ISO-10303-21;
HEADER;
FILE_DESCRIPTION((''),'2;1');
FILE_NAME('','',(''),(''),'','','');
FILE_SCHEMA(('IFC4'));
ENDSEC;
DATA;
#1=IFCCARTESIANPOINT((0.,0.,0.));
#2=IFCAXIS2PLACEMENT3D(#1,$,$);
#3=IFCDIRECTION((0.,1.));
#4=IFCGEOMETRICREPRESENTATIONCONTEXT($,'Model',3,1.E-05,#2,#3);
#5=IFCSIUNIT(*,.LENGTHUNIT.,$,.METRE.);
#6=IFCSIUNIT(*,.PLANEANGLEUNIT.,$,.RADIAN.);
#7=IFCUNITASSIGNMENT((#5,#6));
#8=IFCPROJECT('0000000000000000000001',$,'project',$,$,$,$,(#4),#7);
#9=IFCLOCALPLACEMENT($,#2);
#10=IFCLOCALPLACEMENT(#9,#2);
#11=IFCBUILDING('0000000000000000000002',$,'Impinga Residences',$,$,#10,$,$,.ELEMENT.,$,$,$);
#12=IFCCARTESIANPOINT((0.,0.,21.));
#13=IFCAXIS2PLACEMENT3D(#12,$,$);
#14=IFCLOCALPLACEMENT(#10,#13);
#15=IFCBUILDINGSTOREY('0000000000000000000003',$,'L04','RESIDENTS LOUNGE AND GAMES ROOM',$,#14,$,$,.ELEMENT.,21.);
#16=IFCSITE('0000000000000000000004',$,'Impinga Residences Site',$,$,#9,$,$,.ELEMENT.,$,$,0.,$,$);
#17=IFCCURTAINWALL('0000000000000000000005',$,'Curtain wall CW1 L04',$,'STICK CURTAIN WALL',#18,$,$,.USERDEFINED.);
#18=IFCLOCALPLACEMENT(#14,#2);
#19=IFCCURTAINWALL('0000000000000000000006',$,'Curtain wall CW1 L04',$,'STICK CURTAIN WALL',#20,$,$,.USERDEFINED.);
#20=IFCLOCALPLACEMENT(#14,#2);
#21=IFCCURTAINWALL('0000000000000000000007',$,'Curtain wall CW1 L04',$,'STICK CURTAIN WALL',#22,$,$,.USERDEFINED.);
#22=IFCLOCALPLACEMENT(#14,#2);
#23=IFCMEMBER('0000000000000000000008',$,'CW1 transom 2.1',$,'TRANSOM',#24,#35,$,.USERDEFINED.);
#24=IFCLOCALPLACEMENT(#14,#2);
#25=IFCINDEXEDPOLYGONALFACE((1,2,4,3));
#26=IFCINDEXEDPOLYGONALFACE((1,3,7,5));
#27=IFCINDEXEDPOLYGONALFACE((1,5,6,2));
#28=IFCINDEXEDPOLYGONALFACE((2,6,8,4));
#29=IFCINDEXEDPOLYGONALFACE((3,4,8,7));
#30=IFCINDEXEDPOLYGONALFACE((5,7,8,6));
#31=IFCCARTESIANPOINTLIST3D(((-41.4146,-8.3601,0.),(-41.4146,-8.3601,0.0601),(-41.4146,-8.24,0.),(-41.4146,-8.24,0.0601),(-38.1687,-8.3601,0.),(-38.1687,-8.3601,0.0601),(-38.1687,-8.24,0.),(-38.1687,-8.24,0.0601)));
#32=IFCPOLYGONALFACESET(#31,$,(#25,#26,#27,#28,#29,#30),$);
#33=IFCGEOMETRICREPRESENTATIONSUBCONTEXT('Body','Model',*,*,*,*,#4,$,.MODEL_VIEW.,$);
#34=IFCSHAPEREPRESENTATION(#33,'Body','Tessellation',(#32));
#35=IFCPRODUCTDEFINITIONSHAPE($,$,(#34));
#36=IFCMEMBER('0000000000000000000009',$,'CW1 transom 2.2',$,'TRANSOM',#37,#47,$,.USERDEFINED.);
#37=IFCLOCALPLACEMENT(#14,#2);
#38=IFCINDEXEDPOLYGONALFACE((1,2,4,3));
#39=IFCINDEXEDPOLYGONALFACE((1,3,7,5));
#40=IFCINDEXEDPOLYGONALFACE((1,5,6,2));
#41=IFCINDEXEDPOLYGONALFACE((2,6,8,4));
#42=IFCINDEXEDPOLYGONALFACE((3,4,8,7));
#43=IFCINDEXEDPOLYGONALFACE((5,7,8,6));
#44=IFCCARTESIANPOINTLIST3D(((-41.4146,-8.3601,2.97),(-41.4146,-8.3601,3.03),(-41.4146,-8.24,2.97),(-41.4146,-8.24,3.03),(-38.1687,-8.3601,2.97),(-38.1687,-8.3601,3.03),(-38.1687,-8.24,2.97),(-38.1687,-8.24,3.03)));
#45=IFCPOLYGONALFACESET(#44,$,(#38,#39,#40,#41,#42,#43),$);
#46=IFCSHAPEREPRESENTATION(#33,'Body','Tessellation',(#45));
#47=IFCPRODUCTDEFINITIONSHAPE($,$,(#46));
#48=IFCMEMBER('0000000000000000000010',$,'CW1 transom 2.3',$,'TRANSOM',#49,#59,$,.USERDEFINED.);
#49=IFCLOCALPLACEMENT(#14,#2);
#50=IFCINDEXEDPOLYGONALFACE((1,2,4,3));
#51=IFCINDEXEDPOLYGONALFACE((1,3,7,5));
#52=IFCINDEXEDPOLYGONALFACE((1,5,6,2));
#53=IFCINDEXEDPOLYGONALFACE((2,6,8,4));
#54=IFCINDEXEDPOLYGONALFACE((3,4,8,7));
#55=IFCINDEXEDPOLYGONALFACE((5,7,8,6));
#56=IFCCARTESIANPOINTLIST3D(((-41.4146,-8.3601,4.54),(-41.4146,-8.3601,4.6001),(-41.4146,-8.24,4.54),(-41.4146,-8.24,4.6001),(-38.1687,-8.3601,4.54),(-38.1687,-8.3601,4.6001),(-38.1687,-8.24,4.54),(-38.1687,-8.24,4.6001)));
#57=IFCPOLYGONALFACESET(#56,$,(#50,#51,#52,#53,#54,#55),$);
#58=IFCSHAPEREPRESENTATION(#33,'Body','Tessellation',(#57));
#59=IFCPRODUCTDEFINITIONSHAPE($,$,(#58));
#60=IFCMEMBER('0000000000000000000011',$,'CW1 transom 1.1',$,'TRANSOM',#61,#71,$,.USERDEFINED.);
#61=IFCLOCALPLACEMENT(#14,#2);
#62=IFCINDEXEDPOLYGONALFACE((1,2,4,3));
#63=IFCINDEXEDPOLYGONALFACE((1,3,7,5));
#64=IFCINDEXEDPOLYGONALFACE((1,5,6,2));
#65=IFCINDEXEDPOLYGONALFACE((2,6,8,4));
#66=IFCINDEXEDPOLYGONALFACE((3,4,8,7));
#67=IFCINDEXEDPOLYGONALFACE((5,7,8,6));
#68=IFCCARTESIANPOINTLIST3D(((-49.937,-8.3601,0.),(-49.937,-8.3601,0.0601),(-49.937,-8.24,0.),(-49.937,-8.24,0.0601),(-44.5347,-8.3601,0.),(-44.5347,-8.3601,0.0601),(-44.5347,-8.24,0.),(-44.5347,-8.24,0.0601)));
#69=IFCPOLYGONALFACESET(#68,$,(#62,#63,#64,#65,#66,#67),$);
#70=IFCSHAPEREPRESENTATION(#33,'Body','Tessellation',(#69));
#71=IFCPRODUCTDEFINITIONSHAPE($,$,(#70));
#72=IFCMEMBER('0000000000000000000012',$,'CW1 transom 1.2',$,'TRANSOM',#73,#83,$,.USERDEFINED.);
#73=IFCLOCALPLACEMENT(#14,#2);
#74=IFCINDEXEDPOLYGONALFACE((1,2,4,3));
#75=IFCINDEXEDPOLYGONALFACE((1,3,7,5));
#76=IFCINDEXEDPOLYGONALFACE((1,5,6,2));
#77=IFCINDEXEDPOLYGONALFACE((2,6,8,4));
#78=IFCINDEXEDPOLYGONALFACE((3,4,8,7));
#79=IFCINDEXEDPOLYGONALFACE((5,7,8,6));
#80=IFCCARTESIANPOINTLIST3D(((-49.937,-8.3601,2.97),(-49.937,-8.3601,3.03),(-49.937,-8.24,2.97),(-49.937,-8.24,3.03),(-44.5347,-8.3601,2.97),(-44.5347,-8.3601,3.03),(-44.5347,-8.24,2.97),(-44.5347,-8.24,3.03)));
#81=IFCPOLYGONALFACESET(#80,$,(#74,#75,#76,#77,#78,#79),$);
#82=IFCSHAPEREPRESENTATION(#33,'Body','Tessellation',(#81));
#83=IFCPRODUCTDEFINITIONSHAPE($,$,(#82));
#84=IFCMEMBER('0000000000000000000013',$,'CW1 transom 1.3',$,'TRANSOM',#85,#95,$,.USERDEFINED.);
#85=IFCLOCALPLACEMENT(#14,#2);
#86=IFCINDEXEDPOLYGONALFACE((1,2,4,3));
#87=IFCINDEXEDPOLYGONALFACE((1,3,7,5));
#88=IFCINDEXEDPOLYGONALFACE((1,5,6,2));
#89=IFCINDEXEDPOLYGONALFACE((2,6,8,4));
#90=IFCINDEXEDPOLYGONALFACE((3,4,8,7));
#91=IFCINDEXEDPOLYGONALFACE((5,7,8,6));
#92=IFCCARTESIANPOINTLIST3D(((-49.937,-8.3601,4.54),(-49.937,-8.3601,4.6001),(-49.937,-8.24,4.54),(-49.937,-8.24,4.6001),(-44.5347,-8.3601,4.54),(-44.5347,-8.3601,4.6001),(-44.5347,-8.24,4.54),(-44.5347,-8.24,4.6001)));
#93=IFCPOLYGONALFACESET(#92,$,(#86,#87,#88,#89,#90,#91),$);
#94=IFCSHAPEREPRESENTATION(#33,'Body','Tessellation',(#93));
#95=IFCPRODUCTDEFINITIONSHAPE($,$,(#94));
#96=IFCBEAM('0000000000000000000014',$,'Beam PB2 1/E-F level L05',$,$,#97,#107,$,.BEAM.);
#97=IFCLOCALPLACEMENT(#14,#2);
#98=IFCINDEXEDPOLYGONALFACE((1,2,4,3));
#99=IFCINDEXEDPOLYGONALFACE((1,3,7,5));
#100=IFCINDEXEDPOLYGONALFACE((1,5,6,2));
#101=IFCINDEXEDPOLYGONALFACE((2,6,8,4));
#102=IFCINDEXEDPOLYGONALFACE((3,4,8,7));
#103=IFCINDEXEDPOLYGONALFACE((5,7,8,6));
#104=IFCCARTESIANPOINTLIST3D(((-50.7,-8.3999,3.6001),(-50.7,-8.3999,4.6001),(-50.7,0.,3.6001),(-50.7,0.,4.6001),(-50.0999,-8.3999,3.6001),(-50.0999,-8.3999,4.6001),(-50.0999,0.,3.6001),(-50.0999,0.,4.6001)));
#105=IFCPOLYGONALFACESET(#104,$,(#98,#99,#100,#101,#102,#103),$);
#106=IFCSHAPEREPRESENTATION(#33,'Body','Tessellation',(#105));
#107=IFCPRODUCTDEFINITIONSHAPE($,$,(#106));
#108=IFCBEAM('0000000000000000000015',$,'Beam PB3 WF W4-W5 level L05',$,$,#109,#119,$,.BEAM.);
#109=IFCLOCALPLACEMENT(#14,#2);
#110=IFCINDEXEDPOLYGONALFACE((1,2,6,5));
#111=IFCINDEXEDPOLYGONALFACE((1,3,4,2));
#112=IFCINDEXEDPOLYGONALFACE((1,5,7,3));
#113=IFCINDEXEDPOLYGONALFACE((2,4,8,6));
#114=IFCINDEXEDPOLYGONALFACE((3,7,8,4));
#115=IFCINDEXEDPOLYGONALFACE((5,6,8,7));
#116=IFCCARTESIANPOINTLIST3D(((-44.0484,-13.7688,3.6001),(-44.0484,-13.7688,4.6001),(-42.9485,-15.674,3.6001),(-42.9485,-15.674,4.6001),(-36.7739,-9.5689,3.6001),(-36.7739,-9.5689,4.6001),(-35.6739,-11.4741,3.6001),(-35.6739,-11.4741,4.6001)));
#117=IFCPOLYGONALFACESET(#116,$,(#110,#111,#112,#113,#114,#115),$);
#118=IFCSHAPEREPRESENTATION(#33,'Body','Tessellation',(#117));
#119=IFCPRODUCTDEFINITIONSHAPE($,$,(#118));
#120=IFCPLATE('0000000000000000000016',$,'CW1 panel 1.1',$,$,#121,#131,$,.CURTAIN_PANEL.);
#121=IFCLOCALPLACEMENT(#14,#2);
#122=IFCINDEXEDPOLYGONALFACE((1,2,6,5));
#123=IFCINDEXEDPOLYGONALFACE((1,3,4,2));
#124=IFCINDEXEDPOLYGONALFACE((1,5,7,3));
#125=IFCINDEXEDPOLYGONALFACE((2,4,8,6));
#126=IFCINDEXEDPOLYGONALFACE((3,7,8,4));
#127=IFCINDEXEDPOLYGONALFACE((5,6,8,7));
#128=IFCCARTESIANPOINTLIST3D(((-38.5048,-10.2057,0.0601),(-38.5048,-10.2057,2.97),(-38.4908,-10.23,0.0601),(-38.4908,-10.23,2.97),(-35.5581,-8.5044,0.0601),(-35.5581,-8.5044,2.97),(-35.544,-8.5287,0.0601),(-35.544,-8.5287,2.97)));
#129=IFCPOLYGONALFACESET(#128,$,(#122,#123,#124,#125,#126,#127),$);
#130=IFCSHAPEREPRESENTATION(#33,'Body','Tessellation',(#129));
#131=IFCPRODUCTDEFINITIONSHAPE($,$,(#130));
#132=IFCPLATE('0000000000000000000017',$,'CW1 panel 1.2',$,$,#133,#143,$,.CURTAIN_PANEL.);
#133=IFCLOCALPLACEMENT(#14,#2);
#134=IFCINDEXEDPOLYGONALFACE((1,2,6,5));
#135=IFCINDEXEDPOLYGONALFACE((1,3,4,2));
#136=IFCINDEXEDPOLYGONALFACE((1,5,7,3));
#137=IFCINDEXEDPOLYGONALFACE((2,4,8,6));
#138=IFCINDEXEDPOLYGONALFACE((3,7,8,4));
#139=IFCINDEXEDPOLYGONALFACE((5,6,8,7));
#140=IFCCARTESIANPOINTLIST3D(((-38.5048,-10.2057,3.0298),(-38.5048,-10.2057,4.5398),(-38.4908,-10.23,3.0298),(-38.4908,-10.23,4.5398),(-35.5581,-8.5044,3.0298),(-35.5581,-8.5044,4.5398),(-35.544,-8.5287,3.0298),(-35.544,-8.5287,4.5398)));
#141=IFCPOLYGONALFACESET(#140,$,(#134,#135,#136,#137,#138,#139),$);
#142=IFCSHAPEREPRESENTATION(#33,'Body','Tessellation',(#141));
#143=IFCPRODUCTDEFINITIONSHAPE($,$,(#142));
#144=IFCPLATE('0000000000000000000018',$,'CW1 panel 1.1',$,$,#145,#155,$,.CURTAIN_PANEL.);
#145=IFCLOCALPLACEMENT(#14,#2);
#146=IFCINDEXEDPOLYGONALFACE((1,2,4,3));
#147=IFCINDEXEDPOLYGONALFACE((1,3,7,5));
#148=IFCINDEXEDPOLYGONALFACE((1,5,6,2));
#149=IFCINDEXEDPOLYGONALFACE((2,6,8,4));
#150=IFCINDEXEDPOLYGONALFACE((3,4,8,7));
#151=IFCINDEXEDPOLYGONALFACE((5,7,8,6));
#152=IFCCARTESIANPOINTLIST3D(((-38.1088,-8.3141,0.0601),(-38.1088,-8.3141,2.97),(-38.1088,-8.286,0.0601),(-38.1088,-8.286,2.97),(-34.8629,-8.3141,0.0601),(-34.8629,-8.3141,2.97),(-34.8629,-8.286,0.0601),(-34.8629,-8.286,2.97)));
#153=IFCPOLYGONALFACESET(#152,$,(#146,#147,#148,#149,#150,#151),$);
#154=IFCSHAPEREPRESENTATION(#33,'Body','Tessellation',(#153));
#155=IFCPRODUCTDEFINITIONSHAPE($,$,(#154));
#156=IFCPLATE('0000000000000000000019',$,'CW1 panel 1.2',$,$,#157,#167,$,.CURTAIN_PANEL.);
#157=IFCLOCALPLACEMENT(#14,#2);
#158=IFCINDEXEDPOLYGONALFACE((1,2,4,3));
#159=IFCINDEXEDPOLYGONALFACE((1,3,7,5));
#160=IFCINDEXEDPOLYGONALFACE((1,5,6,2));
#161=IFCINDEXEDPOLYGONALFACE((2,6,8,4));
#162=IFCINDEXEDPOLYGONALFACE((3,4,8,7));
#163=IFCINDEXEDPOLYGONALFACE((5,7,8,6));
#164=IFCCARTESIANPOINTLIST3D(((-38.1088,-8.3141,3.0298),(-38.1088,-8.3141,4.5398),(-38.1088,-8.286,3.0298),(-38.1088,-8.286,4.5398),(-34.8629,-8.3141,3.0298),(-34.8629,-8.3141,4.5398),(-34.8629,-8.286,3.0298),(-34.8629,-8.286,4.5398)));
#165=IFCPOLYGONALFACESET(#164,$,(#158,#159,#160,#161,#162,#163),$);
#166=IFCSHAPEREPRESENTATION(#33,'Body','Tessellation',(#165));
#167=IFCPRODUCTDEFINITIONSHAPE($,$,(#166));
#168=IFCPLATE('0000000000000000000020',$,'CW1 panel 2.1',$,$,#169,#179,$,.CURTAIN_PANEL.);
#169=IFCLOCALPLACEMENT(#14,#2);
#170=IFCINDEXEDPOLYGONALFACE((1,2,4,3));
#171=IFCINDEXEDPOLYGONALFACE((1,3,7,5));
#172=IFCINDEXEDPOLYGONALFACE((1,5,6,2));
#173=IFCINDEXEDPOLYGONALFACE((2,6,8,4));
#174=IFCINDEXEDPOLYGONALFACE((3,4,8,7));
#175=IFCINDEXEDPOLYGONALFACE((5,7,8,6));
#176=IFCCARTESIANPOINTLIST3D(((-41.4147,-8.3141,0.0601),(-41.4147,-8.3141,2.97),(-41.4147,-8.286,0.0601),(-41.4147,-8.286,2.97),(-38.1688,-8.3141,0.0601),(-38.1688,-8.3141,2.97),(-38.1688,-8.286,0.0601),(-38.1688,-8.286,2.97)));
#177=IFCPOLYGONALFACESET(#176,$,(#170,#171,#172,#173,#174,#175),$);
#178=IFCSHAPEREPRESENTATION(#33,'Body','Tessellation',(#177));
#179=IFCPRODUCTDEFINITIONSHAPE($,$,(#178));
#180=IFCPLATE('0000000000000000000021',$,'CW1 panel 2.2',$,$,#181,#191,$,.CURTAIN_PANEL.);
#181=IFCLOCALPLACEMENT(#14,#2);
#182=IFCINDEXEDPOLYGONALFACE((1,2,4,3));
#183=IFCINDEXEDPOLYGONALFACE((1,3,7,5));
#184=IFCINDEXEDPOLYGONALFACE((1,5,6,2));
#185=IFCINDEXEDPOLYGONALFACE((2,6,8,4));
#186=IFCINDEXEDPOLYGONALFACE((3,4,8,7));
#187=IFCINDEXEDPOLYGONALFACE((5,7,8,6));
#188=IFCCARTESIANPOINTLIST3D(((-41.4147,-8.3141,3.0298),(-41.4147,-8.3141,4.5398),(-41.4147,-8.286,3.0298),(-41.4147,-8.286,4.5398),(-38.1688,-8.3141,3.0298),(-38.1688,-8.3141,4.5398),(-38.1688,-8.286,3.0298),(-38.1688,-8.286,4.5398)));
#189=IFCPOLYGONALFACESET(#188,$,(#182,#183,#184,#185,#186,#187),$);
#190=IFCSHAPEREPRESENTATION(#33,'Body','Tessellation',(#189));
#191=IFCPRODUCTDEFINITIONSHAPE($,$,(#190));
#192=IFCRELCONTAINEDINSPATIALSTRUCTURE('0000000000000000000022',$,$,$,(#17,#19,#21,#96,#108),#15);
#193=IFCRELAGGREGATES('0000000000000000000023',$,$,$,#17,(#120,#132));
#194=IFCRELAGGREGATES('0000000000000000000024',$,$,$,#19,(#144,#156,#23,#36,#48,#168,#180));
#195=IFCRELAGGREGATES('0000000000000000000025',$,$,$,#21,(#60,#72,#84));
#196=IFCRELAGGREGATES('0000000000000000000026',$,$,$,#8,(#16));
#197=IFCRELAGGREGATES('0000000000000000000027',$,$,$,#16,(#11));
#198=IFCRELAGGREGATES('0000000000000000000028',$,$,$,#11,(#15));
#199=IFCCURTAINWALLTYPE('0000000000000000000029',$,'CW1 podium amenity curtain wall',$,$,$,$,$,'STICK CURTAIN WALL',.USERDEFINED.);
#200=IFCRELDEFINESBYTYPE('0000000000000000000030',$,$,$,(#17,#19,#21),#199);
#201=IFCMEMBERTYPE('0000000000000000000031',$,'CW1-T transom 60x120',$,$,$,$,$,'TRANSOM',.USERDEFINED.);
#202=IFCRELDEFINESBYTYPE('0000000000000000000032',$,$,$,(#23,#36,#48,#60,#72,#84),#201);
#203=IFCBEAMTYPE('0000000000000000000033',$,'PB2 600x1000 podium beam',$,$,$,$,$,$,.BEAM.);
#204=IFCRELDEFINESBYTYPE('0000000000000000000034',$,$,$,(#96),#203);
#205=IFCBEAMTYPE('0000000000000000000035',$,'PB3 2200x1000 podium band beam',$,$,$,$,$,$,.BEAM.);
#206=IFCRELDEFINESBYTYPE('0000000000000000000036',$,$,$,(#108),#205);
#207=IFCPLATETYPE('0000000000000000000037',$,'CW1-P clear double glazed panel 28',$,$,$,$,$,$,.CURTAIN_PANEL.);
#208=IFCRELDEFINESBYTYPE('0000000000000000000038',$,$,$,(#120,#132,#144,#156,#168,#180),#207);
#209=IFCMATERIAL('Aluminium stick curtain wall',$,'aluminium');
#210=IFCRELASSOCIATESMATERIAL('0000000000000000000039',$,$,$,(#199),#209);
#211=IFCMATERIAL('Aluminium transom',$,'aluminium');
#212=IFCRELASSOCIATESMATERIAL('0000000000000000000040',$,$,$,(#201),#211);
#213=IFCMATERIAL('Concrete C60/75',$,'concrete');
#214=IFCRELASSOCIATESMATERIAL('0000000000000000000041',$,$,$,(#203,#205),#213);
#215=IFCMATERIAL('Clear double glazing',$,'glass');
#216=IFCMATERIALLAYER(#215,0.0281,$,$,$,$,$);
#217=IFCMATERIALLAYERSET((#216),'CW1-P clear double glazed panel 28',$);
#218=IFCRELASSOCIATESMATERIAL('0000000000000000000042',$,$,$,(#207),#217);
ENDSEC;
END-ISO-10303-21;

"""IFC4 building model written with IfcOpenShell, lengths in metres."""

from ifc_helpers import new_model, si_unit, direction, frame, origin, origin_2d, place, context, subcontext, project, spatial, rectangle, extrude, material, layer, layer_set, material_profile, profile_set, type_object, element, aggregate, save


model = new_model("IFC4")

# Units and contexts
model_context = context("Model", 3, precision=1e-05, world=origin(), true_north=direction((0.0, 1.0)))
body_context = subcontext(model_context, "Body", "Model", "MODEL_VIEW")
ifc_project = project(units=[si_unit("LENGTHUNIT", "METRE"), si_unit("PLANEANGLEUNIT", "RADIAN")], contexts=[model_context])

# Site, building, storey
site_placement = place(None, origin())
site = spatial("IfcSite", under=ifc_project, at=site_placement, Name="Impinga Residences Site", CompositionType="ELEMENT", RefElevation=0.0)
building_placement = place(site_placement, origin())
building = spatial("IfcBuilding", under=site, at=building_placement, Name="Impinga Residences", CompositionType="ELEMENT")
storey_placement = place(building_placement, frame((0.0, 0.0, 21.0)))
storey = spatial("IfcBuildingStorey", under=building, at=storey_placement, Name="L04", Description="RESIDENTS LOUNGE AND GAMES ROOM", CompositionType="ELEMENT", Elevation=21.0)

# Curtain walls
ifc_material_1 = material(Name="Aluminium stick curtain wall", Category="aluminium")
curtain_wall_type = type_object("IfcCurtainWallType", Name="CW1 podium amenity curtain wall", ElementType="STICK CURTAIN WALL", PredefinedType="USERDEFINED", material=ifc_material_1)
curtain_wall_1_placement = place(storey_placement, origin())
curtain_wall_1 = element("IfcCurtainWall", 1, at=curtain_wall_1_placement, inside=storey, type_object=curtain_wall_type, Name="Curtain wall CW1 L04", ObjectType="STICK CURTAIN WALL", PredefinedType="USERDEFINED")
curtain_wall_2_placement = place(storey_placement, origin())
curtain_wall_2 = element("IfcCurtainWall", 2, at=curtain_wall_2_placement, inside=storey, type_object=curtain_wall_type, Name="Curtain wall CW1 L04", ObjectType="STICK CURTAIN WALL", PredefinedType="USERDEFINED")
curtain_wall_3_placement = place(storey_placement, origin())
curtain_wall_3 = element("IfcCurtainWall", 3, at=curtain_wall_3_placement, inside=storey, type_object=curtain_wall_type, Name="Curtain wall CW1 L04", ObjectType="STICK CURTAIN WALL", PredefinedType="USERDEFINED")

# Members
ifc_material_2 = material(Name="Aluminium transom", Category="aluminium")
ifc_material_profile_1 = material_profile(ifc_material_2, rectangle(XDim=0.0601, YDim=0.1201, at=origin_2d()), Name="60x120 transom")
ifc_profile_set_1 = profile_set([ifc_material_profile_1], Name="Aluminium transom")
member_type_1 = type_object("IfcMemberType", Name="CW1-T transom 60x120", ElementType="TRANSOM", PredefinedType="USERDEFINED", material=ifc_profile_set_1)
member_1_placement = place(storey_placement, frame((-38.1687, -8.3, 0.03), z_axis=(-1.0, 0.0, 0.0), x_axis=(0.0, 0.0, 1.0)))
member_1 = element("IfcMember", 4, at=member_1_placement, type_object=member_type_1, Name="CW1 transom 2.1", ObjectType="TRANSOM", PredefinedType="USERDEFINED", context=body_context, shape_type="SweptSolid", body=[
    extrude(rectangle(XDim=0.0601, YDim=0.1201, at=origin_2d()), origin(), (0.0, 0.0, 1.0), 3.2458),
])
member_2_placement = place(storey_placement, frame((-38.1687, -8.3, 3.0), z_axis=(-1.0, 0.0, 0.0), x_axis=(0.0, 0.0, 1.0)))
member_2 = element("IfcMember", 5, at=member_2_placement, type_object=member_type_1, Name="CW1 transom 2.2", ObjectType="TRANSOM", PredefinedType="USERDEFINED", context=body_context, shape_type="SweptSolid", body=[
    extrude(rectangle(XDim=0.0601, YDim=0.1201, at=origin_2d()), origin(), (0.0, 0.0, 1.0), 3.2458),
])
member_3_placement = place(storey_placement, frame((-38.1687, -8.3, 4.5701), z_axis=(-1.0, 0.0, 0.0), x_axis=(0.0, 0.0, 1.0)))
member_3 = element("IfcMember", 6, at=member_3_placement, type_object=member_type_1, Name="CW1 transom 2.3", ObjectType="TRANSOM", PredefinedType="USERDEFINED", context=body_context, shape_type="SweptSolid", body=[
    extrude(rectangle(XDim=0.0601, YDim=0.1201, at=origin_2d()), origin(), (0.0, 0.0, 1.0), 3.2458),
])
member_4_placement = place(storey_placement, frame((-44.5347, -8.3, 0.03), z_axis=(-1.0, 0.0, 0.0), x_axis=(0.0, 0.0, 1.0)))
member_4 = element("IfcMember", 7, at=member_4_placement, type_object=member_type_1, Name="CW1 transom 1.1", ObjectType="TRANSOM", PredefinedType="USERDEFINED", context=body_context, shape_type="SweptSolid", body=[
    extrude(rectangle(XDim=0.0601, YDim=0.1201, at=origin_2d()), origin(), (0.0, 0.0, 1.0), 5.4023),
])
member_5_placement = place(storey_placement, frame((-44.5347, -8.3, 3.0), z_axis=(-1.0, 0.0, 0.0), x_axis=(0.0, 0.0, 1.0)))
member_5 = element("IfcMember", 8, at=member_5_placement, type_object=member_type_1, Name="CW1 transom 1.2", ObjectType="TRANSOM", PredefinedType="USERDEFINED", context=body_context, shape_type="SweptSolid", body=[
    extrude(rectangle(XDim=0.0601, YDim=0.1201, at=origin_2d()), origin(), (0.0, 0.0, 1.0), 5.4023),
])
member_6_placement = place(storey_placement, frame((-44.5347, -8.3, 4.5701), z_axis=(-1.0, 0.0, 0.0), x_axis=(0.0, 0.0, 1.0)))
member_6 = element("IfcMember", 9, at=member_6_placement, type_object=member_type_1, Name="CW1 transom 1.3", ObjectType="TRANSOM", PredefinedType="USERDEFINED", context=body_context, shape_type="SweptSolid", body=[
    extrude(rectangle(XDim=0.0601, YDim=0.1201, at=origin_2d()), origin(), (0.0, 0.0, 1.0), 5.4023),
])

# Beams
ifc_material_3 = material(Name="Concrete C60/75", Category="concrete")
ifc_material_profile_2 = material_profile(ifc_material_3, rectangle(XDim=0.6001, YDim=1.0, at=origin_2d()), Name="RC 600x1000")
ifc_profile_set_2 = profile_set([ifc_material_profile_2], Name="Concrete C60/75")
beam_type_1 = type_object("IfcBeamType", Name="PB2 600x1000 podium beam", PredefinedType="BEAM", material=ifc_profile_set_2)
beam_1_placement = place(storey_placement, frame((-50.3999, -8.3999, 4.1001), z_axis=(0.0, 1.0, 0.0), x_axis=(-1.0, 0.0, 0.0)))
element("IfcBeam", 10, at=beam_1_placement, inside=storey, type_object=beam_type_1, Name="Beam PB2 1/E-F level L05", PredefinedType="BEAM", context=body_context, shape_type="SweptSolid", body=[
    extrude(rectangle(XDim=0.6001, YDim=1.0, at=origin_2d()), origin(), (0.0, 0.0, 1.0), 8.3999),
])
ifc_material_profile_3 = material_profile(ifc_material_3, rectangle(XDim=2.2, YDim=1.0, at=origin_2d()), Name="RC 2200x1000")
ifc_profile_set_3 = profile_set([ifc_material_profile_3], Name="Concrete C60/75")
beam_type_2 = type_object("IfcBeamType", Name="PB3 2200x1000 podium band beam", PredefinedType="BEAM", material=ifc_profile_set_3)
beam_2_placement = place(storey_placement, frame((-36.2239, -10.5215, 4.1001), z_axis=(-0.866029, -0.499993, 0.0), x_axis=(0.499993, -0.866029, 0.0)))
element("IfcBeam", 11, at=beam_2_placement, inside=storey, type_object=beam_type_2, Name="Beam PB3 WF W4-W5 level L05", PredefinedType="BEAM", context=body_context, shape_type="SweptSolid", body=[
    extrude(rectangle(XDim=2.2, YDim=1.0, at=origin_2d()), origin(), (0.0, 0.0, 1.0), 8.3999),
])

# Plates
ifc_material_4 = material(Name="Clear double glazing", Category="glass")
ifc_layer_1 = layer(ifc_material_4, 0.0281)
ifc_layer_set_1 = layer_set([ifc_layer_1], Name="CW1-P clear double glazed panel 28")
plate_type = type_object("IfcPlateType", Name="CW1-P clear double glazed panel 28", PredefinedType="CURTAIN_PANEL", material=ifc_layer_set_1)
plate_1_placement = place(storey_placement, frame((-37.0244, -9.3672, 0.0601), z_axis=(0.0, 0.0, 1.0), x_axis=(0.866025, 0.5, 0.0)))
plate_1 = element("IfcPlate", 12, at=plate_1_placement, type_object=plate_type, Name="CW1 panel 1.1", PredefinedType="CURTAIN_PANEL", context=body_context, shape_type="SweptSolid", body=[
    extrude(rectangle(XDim=3.4026, YDim=0.0281, at=origin_2d()), origin(), (0.0, 0.0, 1.0), 2.9099),
])
plate_2_placement = place(storey_placement, frame((-37.0244, -9.3672, 3.0298), z_axis=(0.0, 0.0, 1.0), x_axis=(0.866025, 0.5, 0.0)))
plate_2 = element("IfcPlate", 13, at=plate_2_placement, type_object=plate_type, Name="CW1 panel 1.2", PredefinedType="CURTAIN_PANEL", context=body_context, shape_type="SweptSolid", body=[
    extrude(rectangle(XDim=3.4026, YDim=0.0281, at=origin_2d()), origin(), (0.0, 0.0, 1.0), 1.51),
])
aggregate(curtain_wall_1, [plate_1, plate_2])
plate_3_placement = place(storey_placement, frame((-36.4858, -8.3, 0.0601), z_axis=(0.0, 0.0, 1.0), x_axis=(-1.0, 0.0, 0.0)))
plate_3 = element("IfcPlate", 14, at=plate_3_placement, type_object=plate_type, Name="CW1 panel 1.1", PredefinedType="CURTAIN_PANEL", context=body_context, shape_type="SweptSolid", body=[
    extrude(rectangle(XDim=3.2458, YDim=0.0281, at=origin_2d()), origin(), (0.0, 0.0, 1.0), 2.9099),
])
plate_4_placement = place(storey_placement, frame((-36.4858, -8.3, 3.0298), z_axis=(0.0, 0.0, 1.0), x_axis=(-1.0, 0.0, 0.0)))
plate_4 = element("IfcPlate", 15, at=plate_4_placement, type_object=plate_type, Name="CW1 panel 1.2", PredefinedType="CURTAIN_PANEL", context=body_context, shape_type="SweptSolid", body=[
    extrude(rectangle(XDim=3.2458, YDim=0.0281, at=origin_2d()), origin(), (0.0, 0.0, 1.0), 1.51),
])
plate_5_placement = place(storey_placement, frame((-39.7917, -8.3, 0.0601), z_axis=(0.0, 0.0, 1.0), x_axis=(-1.0, 0.0, 0.0)))
plate_5 = element("IfcPlate", 16, at=plate_5_placement, type_object=plate_type, Name="CW1 panel 2.1", PredefinedType="CURTAIN_PANEL", context=body_context, shape_type="SweptSolid", body=[
    extrude(rectangle(XDim=3.2458, YDim=0.0281, at=origin_2d()), origin(), (0.0, 0.0, 1.0), 2.9099),
])
plate_6_placement = place(storey_placement, frame((-39.7917, -8.3, 3.0298), z_axis=(0.0, 0.0, 1.0), x_axis=(-1.0, 0.0, 0.0)))
plate_6 = element("IfcPlate", 17, at=plate_6_placement, type_object=plate_type, Name="CW1 panel 2.2", PredefinedType="CURTAIN_PANEL", context=body_context, shape_type="SweptSolid", body=[
    extrude(rectangle(XDim=3.2458, YDim=0.0281, at=origin_2d()), origin(), (0.0, 0.0, 1.0), 1.51),
])
aggregate(curtain_wall_2, [plate_3, plate_4, member_1, member_2, member_3, plate_5, plate_6])
aggregate(curtain_wall_3, [member_4, member_5, member_6])

save(model, "model.ifc")
